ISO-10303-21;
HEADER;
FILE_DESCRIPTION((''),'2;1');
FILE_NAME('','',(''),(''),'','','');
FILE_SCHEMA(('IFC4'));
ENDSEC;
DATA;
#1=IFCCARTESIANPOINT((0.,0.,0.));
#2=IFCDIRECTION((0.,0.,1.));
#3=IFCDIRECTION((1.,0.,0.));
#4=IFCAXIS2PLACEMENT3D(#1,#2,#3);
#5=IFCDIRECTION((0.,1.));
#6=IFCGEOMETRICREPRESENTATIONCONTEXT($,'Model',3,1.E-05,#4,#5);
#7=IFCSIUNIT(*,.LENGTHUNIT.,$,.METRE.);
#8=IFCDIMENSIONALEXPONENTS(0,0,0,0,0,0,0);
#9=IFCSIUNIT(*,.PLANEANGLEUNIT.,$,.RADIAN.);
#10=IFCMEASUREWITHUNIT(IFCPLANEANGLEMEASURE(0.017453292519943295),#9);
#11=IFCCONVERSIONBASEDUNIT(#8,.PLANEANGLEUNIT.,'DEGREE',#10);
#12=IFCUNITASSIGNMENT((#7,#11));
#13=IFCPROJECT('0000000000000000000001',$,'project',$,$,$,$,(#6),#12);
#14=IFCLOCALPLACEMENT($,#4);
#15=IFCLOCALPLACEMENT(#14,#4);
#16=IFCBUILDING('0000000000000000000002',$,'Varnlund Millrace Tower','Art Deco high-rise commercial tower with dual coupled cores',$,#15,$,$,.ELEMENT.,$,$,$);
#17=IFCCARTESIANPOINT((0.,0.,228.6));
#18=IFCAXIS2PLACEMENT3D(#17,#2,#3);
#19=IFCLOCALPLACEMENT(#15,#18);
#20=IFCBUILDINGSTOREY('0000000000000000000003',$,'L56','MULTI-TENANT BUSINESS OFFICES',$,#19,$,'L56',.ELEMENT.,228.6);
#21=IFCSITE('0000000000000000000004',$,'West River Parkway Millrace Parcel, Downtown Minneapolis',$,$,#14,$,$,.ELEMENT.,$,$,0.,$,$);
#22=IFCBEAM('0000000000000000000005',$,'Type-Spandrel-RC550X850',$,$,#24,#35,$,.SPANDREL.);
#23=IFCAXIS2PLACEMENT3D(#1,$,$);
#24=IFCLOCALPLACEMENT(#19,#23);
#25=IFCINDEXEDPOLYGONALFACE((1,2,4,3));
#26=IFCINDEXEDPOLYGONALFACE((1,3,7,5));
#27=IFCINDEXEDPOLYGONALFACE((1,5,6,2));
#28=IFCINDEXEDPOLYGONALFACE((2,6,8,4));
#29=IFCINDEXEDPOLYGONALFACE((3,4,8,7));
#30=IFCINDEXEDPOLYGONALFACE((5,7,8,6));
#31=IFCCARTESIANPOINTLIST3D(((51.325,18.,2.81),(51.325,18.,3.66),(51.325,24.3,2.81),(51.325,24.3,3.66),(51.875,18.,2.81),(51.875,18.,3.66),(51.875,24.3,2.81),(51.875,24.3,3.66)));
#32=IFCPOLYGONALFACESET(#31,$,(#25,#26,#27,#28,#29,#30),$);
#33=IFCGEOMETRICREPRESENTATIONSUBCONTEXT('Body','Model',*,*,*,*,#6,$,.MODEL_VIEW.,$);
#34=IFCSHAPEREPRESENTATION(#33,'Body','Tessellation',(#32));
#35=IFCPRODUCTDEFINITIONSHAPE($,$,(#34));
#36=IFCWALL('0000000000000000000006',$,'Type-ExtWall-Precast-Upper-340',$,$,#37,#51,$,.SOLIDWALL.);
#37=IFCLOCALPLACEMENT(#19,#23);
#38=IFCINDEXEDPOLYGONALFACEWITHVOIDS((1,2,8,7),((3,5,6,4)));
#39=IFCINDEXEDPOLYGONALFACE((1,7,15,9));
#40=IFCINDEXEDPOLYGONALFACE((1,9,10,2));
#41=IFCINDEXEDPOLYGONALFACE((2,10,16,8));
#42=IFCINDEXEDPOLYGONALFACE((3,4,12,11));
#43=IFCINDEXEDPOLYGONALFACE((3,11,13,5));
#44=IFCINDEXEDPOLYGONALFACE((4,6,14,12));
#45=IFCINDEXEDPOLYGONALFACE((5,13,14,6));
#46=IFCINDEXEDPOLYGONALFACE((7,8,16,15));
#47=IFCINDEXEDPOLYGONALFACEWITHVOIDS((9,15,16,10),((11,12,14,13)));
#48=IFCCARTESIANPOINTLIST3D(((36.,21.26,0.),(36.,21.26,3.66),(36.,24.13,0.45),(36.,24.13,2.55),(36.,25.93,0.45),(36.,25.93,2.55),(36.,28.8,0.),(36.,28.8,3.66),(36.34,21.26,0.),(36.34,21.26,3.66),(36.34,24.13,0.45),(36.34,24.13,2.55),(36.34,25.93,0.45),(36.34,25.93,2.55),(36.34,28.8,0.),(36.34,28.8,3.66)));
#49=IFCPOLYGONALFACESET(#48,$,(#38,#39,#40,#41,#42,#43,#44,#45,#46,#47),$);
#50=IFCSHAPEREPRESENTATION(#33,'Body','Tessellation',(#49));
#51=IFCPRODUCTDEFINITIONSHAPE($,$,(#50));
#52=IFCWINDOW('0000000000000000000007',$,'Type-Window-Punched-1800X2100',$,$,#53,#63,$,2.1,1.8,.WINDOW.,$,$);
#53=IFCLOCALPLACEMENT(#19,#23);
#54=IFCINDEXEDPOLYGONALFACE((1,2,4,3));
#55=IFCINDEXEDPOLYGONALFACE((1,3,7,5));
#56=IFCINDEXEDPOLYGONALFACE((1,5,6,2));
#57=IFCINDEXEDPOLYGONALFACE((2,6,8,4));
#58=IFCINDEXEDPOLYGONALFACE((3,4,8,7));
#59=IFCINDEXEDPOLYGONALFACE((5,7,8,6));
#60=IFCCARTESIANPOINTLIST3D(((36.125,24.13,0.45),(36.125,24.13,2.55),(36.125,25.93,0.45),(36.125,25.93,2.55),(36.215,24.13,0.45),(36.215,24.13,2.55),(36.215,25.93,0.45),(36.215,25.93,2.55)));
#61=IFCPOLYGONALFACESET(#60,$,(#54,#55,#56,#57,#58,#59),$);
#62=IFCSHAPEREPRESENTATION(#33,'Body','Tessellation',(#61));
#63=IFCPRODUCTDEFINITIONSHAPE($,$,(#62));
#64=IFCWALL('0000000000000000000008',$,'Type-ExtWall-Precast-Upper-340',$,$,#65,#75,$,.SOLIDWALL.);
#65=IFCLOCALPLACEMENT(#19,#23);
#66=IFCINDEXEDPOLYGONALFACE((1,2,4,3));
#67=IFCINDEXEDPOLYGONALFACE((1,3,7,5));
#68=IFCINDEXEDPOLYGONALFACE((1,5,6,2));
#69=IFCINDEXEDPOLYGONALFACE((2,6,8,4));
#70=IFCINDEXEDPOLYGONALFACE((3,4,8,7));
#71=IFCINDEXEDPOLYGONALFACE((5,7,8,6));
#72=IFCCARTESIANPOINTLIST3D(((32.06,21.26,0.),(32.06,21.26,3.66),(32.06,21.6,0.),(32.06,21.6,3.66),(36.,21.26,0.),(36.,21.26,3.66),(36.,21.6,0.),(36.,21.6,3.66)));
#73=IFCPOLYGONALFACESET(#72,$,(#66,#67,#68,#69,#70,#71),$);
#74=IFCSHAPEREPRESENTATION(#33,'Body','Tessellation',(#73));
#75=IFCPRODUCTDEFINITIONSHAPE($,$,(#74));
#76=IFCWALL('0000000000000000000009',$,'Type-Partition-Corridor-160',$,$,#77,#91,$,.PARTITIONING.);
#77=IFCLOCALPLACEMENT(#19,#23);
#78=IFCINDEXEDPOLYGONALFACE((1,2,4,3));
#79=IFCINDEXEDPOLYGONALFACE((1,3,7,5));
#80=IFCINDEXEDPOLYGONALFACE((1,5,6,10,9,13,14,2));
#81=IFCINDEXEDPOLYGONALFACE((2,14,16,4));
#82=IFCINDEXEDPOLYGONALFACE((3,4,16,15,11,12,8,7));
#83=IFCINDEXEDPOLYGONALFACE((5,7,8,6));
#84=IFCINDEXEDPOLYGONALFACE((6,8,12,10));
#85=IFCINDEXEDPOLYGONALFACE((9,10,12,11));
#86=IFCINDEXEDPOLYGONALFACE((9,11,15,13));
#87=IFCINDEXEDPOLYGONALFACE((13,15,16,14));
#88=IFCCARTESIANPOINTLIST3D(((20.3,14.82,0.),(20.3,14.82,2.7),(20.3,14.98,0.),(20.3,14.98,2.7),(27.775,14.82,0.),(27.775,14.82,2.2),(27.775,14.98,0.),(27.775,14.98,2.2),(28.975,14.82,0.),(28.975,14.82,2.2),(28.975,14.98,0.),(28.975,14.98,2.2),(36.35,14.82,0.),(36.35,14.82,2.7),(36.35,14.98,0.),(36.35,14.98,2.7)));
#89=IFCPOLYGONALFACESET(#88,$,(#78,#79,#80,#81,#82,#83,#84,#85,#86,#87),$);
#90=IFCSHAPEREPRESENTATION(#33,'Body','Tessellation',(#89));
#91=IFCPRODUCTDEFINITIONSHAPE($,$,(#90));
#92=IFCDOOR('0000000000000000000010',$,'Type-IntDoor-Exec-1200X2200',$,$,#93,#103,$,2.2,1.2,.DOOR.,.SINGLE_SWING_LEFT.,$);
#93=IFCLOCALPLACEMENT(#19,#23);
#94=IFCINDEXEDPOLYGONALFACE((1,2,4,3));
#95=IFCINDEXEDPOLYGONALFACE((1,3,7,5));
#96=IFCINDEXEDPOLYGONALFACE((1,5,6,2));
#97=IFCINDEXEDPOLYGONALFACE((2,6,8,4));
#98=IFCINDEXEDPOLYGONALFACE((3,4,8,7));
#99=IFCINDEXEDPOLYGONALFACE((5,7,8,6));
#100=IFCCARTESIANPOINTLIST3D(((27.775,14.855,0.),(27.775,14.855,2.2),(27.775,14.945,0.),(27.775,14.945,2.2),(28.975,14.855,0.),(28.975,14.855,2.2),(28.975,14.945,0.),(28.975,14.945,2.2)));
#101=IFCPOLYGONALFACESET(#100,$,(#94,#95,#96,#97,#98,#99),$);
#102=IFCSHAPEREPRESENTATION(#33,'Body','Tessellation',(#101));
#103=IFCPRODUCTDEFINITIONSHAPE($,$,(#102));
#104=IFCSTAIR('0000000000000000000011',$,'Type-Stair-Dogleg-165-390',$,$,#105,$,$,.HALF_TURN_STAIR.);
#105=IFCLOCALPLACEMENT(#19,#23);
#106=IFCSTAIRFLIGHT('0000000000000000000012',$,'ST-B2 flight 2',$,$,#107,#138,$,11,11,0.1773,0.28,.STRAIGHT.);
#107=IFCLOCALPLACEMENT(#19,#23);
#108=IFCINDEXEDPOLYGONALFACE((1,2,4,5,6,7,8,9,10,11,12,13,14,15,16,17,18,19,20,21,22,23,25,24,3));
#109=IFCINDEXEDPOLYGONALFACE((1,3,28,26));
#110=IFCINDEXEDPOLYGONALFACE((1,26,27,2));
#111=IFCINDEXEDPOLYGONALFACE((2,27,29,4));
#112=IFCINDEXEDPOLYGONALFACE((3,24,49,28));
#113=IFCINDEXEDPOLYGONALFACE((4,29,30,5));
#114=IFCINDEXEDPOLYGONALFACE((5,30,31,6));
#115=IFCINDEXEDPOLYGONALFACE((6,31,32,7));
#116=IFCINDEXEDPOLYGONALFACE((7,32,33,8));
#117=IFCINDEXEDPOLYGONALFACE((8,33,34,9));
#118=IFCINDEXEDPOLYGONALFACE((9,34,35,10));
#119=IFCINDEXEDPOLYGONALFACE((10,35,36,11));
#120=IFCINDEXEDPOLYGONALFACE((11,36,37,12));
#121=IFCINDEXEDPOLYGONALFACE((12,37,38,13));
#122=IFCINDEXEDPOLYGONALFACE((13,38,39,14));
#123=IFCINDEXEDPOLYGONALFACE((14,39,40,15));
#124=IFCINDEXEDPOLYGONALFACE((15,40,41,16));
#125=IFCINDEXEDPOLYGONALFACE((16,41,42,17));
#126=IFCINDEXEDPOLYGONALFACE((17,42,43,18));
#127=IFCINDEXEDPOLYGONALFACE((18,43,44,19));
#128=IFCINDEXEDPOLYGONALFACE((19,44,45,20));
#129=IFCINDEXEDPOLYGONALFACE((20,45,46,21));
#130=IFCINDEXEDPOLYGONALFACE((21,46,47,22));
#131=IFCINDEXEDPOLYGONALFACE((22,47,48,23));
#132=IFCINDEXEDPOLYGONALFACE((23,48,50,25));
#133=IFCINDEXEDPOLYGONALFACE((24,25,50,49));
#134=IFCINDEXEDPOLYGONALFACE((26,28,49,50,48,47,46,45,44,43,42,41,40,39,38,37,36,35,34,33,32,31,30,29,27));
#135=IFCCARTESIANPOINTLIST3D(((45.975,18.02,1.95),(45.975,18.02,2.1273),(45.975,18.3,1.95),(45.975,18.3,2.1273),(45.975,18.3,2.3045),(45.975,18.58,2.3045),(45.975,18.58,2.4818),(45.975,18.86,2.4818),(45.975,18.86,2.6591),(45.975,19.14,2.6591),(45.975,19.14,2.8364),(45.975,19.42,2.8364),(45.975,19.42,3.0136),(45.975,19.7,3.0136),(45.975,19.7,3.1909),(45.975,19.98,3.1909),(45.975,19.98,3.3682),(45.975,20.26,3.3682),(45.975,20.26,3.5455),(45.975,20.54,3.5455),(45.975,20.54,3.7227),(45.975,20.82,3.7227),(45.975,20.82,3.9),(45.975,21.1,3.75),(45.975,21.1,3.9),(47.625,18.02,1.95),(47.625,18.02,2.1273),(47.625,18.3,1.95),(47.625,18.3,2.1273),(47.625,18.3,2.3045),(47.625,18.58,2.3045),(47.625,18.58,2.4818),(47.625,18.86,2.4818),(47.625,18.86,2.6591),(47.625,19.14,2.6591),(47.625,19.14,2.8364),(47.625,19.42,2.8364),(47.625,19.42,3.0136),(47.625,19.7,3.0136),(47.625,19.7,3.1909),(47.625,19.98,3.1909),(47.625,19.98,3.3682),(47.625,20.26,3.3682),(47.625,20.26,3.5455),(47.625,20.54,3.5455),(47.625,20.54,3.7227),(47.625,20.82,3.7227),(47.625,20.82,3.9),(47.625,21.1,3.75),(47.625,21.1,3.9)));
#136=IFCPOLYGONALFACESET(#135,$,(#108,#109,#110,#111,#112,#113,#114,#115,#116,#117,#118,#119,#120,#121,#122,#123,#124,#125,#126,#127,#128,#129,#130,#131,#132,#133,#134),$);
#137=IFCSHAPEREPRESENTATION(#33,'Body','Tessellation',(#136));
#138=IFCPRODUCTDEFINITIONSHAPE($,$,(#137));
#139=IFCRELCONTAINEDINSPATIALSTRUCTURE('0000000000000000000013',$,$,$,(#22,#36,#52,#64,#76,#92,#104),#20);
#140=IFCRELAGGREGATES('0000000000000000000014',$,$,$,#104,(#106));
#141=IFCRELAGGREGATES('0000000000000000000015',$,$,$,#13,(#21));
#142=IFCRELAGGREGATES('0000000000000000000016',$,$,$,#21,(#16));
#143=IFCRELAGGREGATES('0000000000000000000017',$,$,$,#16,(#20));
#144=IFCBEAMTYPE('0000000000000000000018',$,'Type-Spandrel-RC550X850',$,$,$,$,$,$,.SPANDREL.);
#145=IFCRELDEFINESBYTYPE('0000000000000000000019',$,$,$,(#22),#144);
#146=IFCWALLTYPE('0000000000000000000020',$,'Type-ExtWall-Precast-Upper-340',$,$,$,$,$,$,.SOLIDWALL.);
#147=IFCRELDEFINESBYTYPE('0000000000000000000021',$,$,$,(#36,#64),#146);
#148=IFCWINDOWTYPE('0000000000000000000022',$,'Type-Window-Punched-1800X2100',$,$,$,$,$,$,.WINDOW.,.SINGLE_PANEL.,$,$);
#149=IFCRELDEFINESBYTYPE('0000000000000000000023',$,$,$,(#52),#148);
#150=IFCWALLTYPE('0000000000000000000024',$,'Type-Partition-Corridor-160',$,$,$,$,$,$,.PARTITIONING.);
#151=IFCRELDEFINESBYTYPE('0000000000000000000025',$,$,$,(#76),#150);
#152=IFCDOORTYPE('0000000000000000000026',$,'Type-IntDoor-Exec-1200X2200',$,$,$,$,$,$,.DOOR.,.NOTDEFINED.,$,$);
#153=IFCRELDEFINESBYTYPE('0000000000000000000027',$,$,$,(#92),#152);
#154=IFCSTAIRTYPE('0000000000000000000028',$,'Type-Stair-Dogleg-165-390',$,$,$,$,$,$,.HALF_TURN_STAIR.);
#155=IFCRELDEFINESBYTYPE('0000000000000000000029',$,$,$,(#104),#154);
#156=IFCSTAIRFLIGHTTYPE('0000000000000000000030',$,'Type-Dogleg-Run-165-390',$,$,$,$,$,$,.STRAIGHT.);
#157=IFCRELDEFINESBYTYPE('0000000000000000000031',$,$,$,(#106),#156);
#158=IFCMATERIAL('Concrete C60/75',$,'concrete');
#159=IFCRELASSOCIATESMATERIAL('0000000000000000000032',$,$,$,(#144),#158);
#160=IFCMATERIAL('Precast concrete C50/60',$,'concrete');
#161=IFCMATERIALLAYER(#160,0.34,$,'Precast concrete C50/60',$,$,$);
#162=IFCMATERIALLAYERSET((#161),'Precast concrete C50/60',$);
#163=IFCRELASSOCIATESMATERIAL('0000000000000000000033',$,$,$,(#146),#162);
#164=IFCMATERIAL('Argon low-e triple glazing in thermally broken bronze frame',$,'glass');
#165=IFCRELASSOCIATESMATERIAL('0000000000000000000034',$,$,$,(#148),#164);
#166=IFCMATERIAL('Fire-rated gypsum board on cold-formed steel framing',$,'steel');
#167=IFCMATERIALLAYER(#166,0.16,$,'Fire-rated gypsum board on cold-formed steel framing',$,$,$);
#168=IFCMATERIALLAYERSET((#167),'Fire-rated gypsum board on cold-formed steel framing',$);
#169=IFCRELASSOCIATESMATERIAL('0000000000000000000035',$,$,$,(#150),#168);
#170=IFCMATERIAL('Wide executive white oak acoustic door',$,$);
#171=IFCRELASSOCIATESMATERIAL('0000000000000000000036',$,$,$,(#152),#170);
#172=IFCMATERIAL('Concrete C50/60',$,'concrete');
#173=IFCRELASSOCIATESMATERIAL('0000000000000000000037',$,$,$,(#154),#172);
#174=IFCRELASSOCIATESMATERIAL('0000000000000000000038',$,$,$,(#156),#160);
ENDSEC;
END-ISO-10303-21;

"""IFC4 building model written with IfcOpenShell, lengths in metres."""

from ifc_helpers import new_model, entity, si_unit, converted_unit, direction, frame, origin_with_axes, origin_2d_with_axis, place, context, subcontext, project, spatial, polyline, rectangle, outline, extrude, material, layer, layer_set, material_profile, profile_set, type_object, element, fill, aggregate, save


model = new_model("IFC4")

# Units and contexts
model_context = context("Model", 3, precision=1e-05, world=origin_with_axes(), true_north=direction((0.0, 1.0)))
body_context = subcontext(model_context, "Body", "Model", "MODEL_VIEW")
ifc_project = project(units=[si_unit("LENGTHUNIT", "METRE"), converted_unit("PLANEANGLEUNIT", "DEGREE", entity("IfcPlaneAngleMeasure", 0.017453292519943295), si_unit("PLANEANGLEUNIT", "RADIAN"), dimensions=[0, 0, 0, 0, 0, 0, 0])], contexts=[model_context])

# Site, building, storey
site_placement = place(None, origin_with_axes())
site = spatial("IfcSite", under=ifc_project, at=site_placement, Name="West River Parkway Millrace Parcel, Downtown Minneapolis", CompositionType="ELEMENT", RefElevation=0.0)
building_placement = place(site_placement, origin_with_axes())
building = spatial("IfcBuilding", under=site, at=building_placement, Name="Varnlund Millrace Tower", Description="Art Deco high-rise commercial tower with dual coupled cores", CompositionType="ELEMENT")
storey_placement = place(building_placement, frame((0.0, 0.0, 228.6), z_axis=(0.0, 0.0, 1.0), x_axis=(1.0, 0.0, 0.0)))
storey = spatial("IfcBuildingStorey", under=building, at=storey_placement, Name="L56", Description="MULTI-TENANT BUSINESS OFFICES", LongName="L56", CompositionType="ELEMENT", Elevation=228.6)

# Beam
ifc_material_1 = material(Name="Concrete C60/75", Category="concrete")
ifc_material_profile_1 = material_profile(ifc_material_1, rectangle(XDim=0.55, YDim=0.85, at=origin_2d_with_axis()), Name="Concrete C60/75")
ifc_profile_set_1 = profile_set([ifc_material_profile_1], Name="Concrete C60/75")
beam_type_1 = type_object("IfcBeamType", Name="Type-Spandrel-RC550X850", PredefinedType="SPANDREL", material=ifc_profile_set_1)
beam_1_placement = place(storey_placement, frame((51.6, 18.0, 3.235), z_axis=(0.0, 1.0, 0.0), x_axis=(-1.0, 0.0, 0.0)))
element("IfcBeam", 1, at=beam_1_placement, inside=storey, type_object=beam_type_1, Name="Type-Spandrel-RC550X850", PredefinedType="SPANDREL", context=body_context, shape_type="SweptSolid", body=[
    extrude(rectangle(XDim=0.55, YDim=0.85, at=origin_2d_with_axis()), origin_with_axes(), (0.0, 0.0, 1.0), 6.3),
])

# Wall, opening, window
ifc_material_2 = material(Name="Precast concrete C50/60", Category="concrete")
ifc_layer_1 = layer(ifc_material_2, 0.34, Name="Precast concrete C50/60")
ifc_layer_set_1 = layer_set([ifc_layer_1], Name="Precast concrete C50/60")
wall_type_1 = type_object("IfcWallType", Name="Type-ExtWall-Precast-Upper-340", PredefinedType="SOLIDWALL", material=ifc_layer_set_1)
wall_1_placement = place(storey_placement, frame((36.17, 21.26, 0.0), z_axis=(0.0, 0.0, 1.0), x_axis=(0.0, 1.0, 0.0)))
wall_1 = element("IfcWall", 2, at=wall_1_placement, inside=storey, type_object=wall_type_1, Name="Type-ExtWall-Precast-Upper-340", PredefinedType="SOLIDWALL", context=body_context, shape_type="SweptSolid", body=[
    extrude(outline(polyline([(0.0, -0.17), (7.54, -0.17), (7.54, 0.17), (0.0, 0.17), (0.0, -0.17)])), origin_with_axes(), (0.0, 0.0, 1.0), 3.66),
])
opening_1_placement = place(wall_1_placement, frame((3.77, 0.0, 0.45), z_axis=(0.0, 0.0, 1.0), x_axis=(1.0, 0.0, 0.0)))
opening_1 = element("IfcOpeningElement", 3, at=opening_1_placement, cuts=wall_1, PredefinedType="OPENING", context=body_context, shape_type="SweptSolid", body=[
    extrude(rectangle(XDim=1.8, YDim=0.36, at=origin_2d_with_axis()), origin_with_axes(), (0.0, 0.0, 1.0), 2.1),
])
ifc_material_3 = material(Name="Argon low-e triple glazing in thermally broken bronze frame", Category="glass")
window_type = type_object("IfcWindowType", Name="Type-Window-Punched-1800X2100", PartitioningType="SINGLE_PANEL", PredefinedType="WINDOW", material=ifc_material_3)
window_placement = place(wall_1_placement, frame((3.77, 0.0, 0.45), z_axis=(0.0, 0.0, 1.0), x_axis=(1.0, 0.0, 0.0)))
window = element("IfcWindow", 4, at=window_placement, inside=storey, type_object=window_type, Name="Type-Window-Punched-1800X2100", OverallHeight=2.1, OverallWidth=1.8, PredefinedType="WINDOW", context=body_context, shape_type="SweptSolid", body=[
    extrude(rectangle(XDim=1.8, YDim=0.09, at=origin_2d_with_axis()), origin_with_axes(), (0.0, 0.0, 1.0), 2.1),
])
fill(opening_1, window)

# Wall
wall_2_placement = place(storey_placement, frame((32.06, 21.43, 0.0), z_axis=(0.0, 0.0, 1.0), x_axis=(1.0, 0.0, 0.0)))
element("IfcWall", 5, at=wall_2_placement, inside=storey, type_object=wall_type_1, Name="Type-ExtWall-Precast-Upper-340", PredefinedType="SOLIDWALL", context=body_context, shape_type="SweptSolid", body=[
    extrude(outline(polyline([(0.0, -0.17), (3.94, -0.17), (3.94, 0.17), (0.0, 0.17), (0.0, -0.17)])), origin_with_axes(), (0.0, 0.0, 1.0), 3.66),
])

# Wall, opening, door
ifc_material_4 = material(Name="Fire-rated gypsum board on cold-formed steel framing", Category="steel")
ifc_layer_2 = layer(ifc_material_4, 0.16, Name="Fire-rated gypsum board on cold-formed steel framing")
ifc_layer_set_2 = layer_set([ifc_layer_2], Name="Fire-rated gypsum board on cold-formed steel framing")
wall_type_2 = type_object("IfcWallType", Name="Type-Partition-Corridor-160", PredefinedType="PARTITIONING", material=ifc_layer_set_2)
wall_3_placement = place(storey_placement, frame((20.3, 14.9, 0.0), z_axis=(0.0, 0.0, 1.0), x_axis=(1.0, 0.0, 0.0)))
wall_3 = element("IfcWall", 6, at=wall_3_placement, inside=storey, type_object=wall_type_2, Name="Type-Partition-Corridor-160", PredefinedType="PARTITIONING", context=body_context, shape_type="SweptSolid", body=[
    extrude(outline(polyline([(0.0, -0.08), (16.05, -0.08), (16.05, 0.08), (0.0, 0.08), (0.0, -0.08)])), origin_with_axes(), (0.0, 0.0, 1.0), 2.7),
])
opening_2_placement = place(wall_3_placement, frame((8.075, 0.0, 0.0), z_axis=(0.0, 0.0, 1.0), x_axis=(1.0, 0.0, 0.0)))
opening_2 = element("IfcOpeningElement", 7, at=opening_2_placement, cuts=wall_3, PredefinedType="OPENING", context=body_context, shape_type="SweptSolid", body=[
    extrude(rectangle(XDim=1.2, YDim=0.18, at=origin_2d_with_axis()), origin_with_axes(), (0.0, 0.0, 1.0), 2.2),
])
ifc_material_5 = material(Name="Wide executive white oak acoustic door")
door_type = type_object("IfcDoorType", Name="Type-IntDoor-Exec-1200X2200", OperationType="NOTDEFINED", PredefinedType="DOOR", material=ifc_material_5)
door_placement = place(wall_3_placement, frame((8.075, 0.0, 0.0), z_axis=(0.0, 0.0, 1.0), x_axis=(1.0, 0.0, 0.0)))
door = element("IfcDoor", 8, at=door_placement, inside=storey, type_object=door_type, Name="Type-IntDoor-Exec-1200X2200", OperationType="SINGLE_SWING_LEFT", OverallHeight=2.2, OverallWidth=1.2, PredefinedType="DOOR", context=body_context, shape_type="SweptSolid", body=[
    extrude(rectangle(XDim=1.2, YDim=0.09, at=origin_2d_with_axis()), origin_with_axes(), (0.0, 0.0, 1.0), 2.2),
])
fill(opening_2, door)

# Stair, stair flight
ifc_material_6 = material(Name="Concrete C50/60", Category="concrete")
stair_type = type_object("IfcStairType", Name="Type-Stair-Dogleg-165-390", PredefinedType="HALF_TURN_STAIR", material=ifc_material_6)
stair_placement = place(storey_placement, origin_with_axes())
stair = element("IfcStair", 9, at=stair_placement, inside=storey, type_object=stair_type, Name="Type-Stair-Dogleg-165-390", PredefinedType="HALF_TURN_STAIR")
stair_flight_type = type_object("IfcStairFlightType", Name="Type-Dogleg-Run-165-390", PredefinedType="STRAIGHT", material=ifc_material_2)
stair_flight_placement = place(storey_placement, frame((45.975, 18.02, 1.95), z_axis=(1.0, 0.0, 0.0), x_axis=(0.0, 1.0, 0.0)))
stair_flight = element("IfcStairFlight", 10, at=stair_flight_placement, type_object=stair_flight_type, Name="ST-B2 flight 2", NumberOfRisers=11, NumberOfTreads=11, PredefinedType="STRAIGHT", RiserHeight=0.1773, TreadLength=0.28, context=body_context, shape_type="SweptSolid", body=[
    extrude(outline(polyline([(0.0, 0.0), (0.0, 0.1773), (0.28, 0.1773), (0.28, 0.3545), (0.56, 0.3545), (0.56, 0.5318), (0.84, 0.5318), (0.84, 0.7091), (1.12, 0.7091), (1.12, 0.8864), (1.4, 0.8864), (1.4, 1.0636), (1.68, 1.0636), (1.68, 1.2409), (1.96, 1.2409), (1.96, 1.4182), (2.24, 1.4182), (2.24, 1.5955), (2.52, 1.5955), (2.52, 1.7727), (2.8, 1.7727), (2.8, 1.95), (3.08, 1.95), (3.08, 1.8), (0.28, 0.0), (0.0, 0.0)])), origin_with_axes(), (0.0, 0.0, 1.0), 1.65),
])
aggregate(stair, [stair_flight])

save(model, "model.ifc")
